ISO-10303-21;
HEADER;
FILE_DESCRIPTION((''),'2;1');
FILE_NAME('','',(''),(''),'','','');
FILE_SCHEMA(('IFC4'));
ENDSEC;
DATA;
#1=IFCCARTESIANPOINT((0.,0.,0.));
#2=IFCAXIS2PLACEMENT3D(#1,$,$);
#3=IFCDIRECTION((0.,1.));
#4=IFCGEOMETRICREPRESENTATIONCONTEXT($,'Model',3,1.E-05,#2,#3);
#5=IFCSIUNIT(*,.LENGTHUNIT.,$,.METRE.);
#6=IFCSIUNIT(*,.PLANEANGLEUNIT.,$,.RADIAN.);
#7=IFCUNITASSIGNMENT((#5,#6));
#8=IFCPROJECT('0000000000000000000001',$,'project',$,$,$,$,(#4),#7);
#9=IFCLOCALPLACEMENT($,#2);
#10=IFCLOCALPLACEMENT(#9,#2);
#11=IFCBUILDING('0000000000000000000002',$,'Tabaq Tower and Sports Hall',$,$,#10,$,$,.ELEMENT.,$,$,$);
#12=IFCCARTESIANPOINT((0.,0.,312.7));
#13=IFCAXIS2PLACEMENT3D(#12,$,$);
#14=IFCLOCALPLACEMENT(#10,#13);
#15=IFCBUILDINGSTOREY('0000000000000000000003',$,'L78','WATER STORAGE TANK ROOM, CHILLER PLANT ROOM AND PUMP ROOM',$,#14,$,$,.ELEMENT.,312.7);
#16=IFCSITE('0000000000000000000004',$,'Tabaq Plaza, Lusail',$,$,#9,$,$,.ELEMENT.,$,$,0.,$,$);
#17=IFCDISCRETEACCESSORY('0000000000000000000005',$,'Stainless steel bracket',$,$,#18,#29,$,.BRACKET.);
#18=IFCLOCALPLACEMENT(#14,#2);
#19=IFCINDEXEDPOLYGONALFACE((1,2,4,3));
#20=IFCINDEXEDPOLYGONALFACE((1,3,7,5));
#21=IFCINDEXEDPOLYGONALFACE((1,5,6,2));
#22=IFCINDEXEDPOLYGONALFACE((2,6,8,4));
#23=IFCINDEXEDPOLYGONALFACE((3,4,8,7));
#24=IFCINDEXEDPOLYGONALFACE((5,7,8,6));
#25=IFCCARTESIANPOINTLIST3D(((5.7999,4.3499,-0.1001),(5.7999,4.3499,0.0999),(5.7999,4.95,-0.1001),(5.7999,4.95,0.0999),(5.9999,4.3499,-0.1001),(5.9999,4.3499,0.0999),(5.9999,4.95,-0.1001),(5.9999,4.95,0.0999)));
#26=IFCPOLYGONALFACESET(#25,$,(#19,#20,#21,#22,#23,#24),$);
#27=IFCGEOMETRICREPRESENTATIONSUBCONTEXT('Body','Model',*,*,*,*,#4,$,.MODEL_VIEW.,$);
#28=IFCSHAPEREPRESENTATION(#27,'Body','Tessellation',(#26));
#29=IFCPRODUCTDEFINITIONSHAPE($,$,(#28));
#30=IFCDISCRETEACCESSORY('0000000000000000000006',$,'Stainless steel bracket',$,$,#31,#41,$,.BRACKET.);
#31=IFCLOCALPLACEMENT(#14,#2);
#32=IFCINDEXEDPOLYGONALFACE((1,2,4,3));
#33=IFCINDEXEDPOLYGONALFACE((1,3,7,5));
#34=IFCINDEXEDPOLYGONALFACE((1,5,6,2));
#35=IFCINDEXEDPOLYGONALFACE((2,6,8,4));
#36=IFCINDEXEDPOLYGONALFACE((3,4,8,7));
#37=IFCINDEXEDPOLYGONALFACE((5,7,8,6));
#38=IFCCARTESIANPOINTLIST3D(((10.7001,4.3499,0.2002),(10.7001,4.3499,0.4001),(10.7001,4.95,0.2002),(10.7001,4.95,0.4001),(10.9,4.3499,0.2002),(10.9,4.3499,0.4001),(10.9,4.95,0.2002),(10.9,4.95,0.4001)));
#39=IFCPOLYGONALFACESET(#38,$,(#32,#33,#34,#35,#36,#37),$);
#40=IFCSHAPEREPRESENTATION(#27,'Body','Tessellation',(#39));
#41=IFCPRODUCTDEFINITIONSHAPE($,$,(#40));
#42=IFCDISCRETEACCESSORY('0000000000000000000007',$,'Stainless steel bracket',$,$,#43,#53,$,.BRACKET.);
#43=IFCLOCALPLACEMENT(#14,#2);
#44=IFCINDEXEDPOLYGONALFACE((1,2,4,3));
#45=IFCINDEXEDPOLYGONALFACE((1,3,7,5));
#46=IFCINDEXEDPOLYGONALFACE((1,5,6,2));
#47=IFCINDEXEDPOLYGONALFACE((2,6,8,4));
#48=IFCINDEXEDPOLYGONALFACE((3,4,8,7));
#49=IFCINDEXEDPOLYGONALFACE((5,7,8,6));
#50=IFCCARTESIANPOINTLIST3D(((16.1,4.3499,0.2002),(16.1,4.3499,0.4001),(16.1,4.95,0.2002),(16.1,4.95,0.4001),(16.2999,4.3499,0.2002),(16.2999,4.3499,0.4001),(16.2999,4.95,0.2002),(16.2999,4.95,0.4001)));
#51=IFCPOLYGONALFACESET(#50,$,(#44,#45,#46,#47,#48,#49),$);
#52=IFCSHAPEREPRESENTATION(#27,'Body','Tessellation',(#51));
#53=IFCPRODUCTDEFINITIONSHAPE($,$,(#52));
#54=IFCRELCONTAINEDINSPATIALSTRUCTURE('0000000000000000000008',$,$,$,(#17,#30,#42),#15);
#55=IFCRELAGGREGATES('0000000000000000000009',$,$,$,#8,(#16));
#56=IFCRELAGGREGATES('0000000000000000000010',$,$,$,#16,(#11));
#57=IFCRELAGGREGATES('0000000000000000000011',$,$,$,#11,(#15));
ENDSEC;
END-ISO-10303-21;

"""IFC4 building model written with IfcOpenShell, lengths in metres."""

from ifc_helpers import new_model, si_unit, direction, frame, origin, origin_2d, place, context, subcontext, project, spatial, rectangle, extrude, element, save


model = new_model("IFC4")

# Units and contexts
model_context = context("Model", 3, precision=1e-05, world=origin(), true_north=direction((0.0, 1.0)))
body_context = subcontext(model_context, "Body", "Model", "MODEL_VIEW")
ifc_project = project(units=[si_unit("LENGTHUNIT", "METRE"), si_unit("PLANEANGLEUNIT", "RADIAN")], contexts=[model_context])

# Site, building, storey
site_placement = place(None, origin())
site = spatial("IfcSite", under=ifc_project, at=site_placement, Name="Tabaq Plaza, Lusail", CompositionType="ELEMENT", RefElevation=0.0)
building_placement = place(site_placement, origin())
building = spatial("IfcBuilding", under=site, at=building_placement, Name="Tabaq Tower and Sports Hall", CompositionType="ELEMENT")
storey_placement = place(building_placement, frame((0.0, 0.0, 312.7)))
storey = spatial("IfcBuildingStorey", under=building, at=storey_placement, Name="L78", Description="WATER STORAGE TANK ROOM, CHILLER PLANT ROOM AND PUMP ROOM", CompositionType="ELEMENT", Elevation=312.7)

# Discrete accessories
for number, where, z_axis, x_axis, name in (
    (1, (5.8999, 4.6499, -0.1001), (0.0, 0.0, 1.0), (0.0, -1.0, 0.0), "Stainless steel bracket"),
    (2, (10.8, 4.6499, 0.2002), (0.0, 0.0, 1.0), (0.0, -1.0, 0.0), "Stainless steel bracket"),
    (3, (16.2, 4.6499, 0.2002), (0.0, 0.0, 1.0), (0.0, -1.0, 0.0), "Stainless steel bracket"),
):
    element("IfcDiscreteAccessory", number, at=place(storey_placement, frame(where, z_axis=z_axis, x_axis=x_axis)), inside=storey, Name=name, PredefinedType="BRACKET", context=body_context, shape_type="SweptSolid", body=[
        extrude(rectangle(XDim=0.6001, YDim=0.2, at=origin_2d()), origin(), (0.0, 0.0, 1.0), 0.2),
    ])

save(model, "model.ifc")
